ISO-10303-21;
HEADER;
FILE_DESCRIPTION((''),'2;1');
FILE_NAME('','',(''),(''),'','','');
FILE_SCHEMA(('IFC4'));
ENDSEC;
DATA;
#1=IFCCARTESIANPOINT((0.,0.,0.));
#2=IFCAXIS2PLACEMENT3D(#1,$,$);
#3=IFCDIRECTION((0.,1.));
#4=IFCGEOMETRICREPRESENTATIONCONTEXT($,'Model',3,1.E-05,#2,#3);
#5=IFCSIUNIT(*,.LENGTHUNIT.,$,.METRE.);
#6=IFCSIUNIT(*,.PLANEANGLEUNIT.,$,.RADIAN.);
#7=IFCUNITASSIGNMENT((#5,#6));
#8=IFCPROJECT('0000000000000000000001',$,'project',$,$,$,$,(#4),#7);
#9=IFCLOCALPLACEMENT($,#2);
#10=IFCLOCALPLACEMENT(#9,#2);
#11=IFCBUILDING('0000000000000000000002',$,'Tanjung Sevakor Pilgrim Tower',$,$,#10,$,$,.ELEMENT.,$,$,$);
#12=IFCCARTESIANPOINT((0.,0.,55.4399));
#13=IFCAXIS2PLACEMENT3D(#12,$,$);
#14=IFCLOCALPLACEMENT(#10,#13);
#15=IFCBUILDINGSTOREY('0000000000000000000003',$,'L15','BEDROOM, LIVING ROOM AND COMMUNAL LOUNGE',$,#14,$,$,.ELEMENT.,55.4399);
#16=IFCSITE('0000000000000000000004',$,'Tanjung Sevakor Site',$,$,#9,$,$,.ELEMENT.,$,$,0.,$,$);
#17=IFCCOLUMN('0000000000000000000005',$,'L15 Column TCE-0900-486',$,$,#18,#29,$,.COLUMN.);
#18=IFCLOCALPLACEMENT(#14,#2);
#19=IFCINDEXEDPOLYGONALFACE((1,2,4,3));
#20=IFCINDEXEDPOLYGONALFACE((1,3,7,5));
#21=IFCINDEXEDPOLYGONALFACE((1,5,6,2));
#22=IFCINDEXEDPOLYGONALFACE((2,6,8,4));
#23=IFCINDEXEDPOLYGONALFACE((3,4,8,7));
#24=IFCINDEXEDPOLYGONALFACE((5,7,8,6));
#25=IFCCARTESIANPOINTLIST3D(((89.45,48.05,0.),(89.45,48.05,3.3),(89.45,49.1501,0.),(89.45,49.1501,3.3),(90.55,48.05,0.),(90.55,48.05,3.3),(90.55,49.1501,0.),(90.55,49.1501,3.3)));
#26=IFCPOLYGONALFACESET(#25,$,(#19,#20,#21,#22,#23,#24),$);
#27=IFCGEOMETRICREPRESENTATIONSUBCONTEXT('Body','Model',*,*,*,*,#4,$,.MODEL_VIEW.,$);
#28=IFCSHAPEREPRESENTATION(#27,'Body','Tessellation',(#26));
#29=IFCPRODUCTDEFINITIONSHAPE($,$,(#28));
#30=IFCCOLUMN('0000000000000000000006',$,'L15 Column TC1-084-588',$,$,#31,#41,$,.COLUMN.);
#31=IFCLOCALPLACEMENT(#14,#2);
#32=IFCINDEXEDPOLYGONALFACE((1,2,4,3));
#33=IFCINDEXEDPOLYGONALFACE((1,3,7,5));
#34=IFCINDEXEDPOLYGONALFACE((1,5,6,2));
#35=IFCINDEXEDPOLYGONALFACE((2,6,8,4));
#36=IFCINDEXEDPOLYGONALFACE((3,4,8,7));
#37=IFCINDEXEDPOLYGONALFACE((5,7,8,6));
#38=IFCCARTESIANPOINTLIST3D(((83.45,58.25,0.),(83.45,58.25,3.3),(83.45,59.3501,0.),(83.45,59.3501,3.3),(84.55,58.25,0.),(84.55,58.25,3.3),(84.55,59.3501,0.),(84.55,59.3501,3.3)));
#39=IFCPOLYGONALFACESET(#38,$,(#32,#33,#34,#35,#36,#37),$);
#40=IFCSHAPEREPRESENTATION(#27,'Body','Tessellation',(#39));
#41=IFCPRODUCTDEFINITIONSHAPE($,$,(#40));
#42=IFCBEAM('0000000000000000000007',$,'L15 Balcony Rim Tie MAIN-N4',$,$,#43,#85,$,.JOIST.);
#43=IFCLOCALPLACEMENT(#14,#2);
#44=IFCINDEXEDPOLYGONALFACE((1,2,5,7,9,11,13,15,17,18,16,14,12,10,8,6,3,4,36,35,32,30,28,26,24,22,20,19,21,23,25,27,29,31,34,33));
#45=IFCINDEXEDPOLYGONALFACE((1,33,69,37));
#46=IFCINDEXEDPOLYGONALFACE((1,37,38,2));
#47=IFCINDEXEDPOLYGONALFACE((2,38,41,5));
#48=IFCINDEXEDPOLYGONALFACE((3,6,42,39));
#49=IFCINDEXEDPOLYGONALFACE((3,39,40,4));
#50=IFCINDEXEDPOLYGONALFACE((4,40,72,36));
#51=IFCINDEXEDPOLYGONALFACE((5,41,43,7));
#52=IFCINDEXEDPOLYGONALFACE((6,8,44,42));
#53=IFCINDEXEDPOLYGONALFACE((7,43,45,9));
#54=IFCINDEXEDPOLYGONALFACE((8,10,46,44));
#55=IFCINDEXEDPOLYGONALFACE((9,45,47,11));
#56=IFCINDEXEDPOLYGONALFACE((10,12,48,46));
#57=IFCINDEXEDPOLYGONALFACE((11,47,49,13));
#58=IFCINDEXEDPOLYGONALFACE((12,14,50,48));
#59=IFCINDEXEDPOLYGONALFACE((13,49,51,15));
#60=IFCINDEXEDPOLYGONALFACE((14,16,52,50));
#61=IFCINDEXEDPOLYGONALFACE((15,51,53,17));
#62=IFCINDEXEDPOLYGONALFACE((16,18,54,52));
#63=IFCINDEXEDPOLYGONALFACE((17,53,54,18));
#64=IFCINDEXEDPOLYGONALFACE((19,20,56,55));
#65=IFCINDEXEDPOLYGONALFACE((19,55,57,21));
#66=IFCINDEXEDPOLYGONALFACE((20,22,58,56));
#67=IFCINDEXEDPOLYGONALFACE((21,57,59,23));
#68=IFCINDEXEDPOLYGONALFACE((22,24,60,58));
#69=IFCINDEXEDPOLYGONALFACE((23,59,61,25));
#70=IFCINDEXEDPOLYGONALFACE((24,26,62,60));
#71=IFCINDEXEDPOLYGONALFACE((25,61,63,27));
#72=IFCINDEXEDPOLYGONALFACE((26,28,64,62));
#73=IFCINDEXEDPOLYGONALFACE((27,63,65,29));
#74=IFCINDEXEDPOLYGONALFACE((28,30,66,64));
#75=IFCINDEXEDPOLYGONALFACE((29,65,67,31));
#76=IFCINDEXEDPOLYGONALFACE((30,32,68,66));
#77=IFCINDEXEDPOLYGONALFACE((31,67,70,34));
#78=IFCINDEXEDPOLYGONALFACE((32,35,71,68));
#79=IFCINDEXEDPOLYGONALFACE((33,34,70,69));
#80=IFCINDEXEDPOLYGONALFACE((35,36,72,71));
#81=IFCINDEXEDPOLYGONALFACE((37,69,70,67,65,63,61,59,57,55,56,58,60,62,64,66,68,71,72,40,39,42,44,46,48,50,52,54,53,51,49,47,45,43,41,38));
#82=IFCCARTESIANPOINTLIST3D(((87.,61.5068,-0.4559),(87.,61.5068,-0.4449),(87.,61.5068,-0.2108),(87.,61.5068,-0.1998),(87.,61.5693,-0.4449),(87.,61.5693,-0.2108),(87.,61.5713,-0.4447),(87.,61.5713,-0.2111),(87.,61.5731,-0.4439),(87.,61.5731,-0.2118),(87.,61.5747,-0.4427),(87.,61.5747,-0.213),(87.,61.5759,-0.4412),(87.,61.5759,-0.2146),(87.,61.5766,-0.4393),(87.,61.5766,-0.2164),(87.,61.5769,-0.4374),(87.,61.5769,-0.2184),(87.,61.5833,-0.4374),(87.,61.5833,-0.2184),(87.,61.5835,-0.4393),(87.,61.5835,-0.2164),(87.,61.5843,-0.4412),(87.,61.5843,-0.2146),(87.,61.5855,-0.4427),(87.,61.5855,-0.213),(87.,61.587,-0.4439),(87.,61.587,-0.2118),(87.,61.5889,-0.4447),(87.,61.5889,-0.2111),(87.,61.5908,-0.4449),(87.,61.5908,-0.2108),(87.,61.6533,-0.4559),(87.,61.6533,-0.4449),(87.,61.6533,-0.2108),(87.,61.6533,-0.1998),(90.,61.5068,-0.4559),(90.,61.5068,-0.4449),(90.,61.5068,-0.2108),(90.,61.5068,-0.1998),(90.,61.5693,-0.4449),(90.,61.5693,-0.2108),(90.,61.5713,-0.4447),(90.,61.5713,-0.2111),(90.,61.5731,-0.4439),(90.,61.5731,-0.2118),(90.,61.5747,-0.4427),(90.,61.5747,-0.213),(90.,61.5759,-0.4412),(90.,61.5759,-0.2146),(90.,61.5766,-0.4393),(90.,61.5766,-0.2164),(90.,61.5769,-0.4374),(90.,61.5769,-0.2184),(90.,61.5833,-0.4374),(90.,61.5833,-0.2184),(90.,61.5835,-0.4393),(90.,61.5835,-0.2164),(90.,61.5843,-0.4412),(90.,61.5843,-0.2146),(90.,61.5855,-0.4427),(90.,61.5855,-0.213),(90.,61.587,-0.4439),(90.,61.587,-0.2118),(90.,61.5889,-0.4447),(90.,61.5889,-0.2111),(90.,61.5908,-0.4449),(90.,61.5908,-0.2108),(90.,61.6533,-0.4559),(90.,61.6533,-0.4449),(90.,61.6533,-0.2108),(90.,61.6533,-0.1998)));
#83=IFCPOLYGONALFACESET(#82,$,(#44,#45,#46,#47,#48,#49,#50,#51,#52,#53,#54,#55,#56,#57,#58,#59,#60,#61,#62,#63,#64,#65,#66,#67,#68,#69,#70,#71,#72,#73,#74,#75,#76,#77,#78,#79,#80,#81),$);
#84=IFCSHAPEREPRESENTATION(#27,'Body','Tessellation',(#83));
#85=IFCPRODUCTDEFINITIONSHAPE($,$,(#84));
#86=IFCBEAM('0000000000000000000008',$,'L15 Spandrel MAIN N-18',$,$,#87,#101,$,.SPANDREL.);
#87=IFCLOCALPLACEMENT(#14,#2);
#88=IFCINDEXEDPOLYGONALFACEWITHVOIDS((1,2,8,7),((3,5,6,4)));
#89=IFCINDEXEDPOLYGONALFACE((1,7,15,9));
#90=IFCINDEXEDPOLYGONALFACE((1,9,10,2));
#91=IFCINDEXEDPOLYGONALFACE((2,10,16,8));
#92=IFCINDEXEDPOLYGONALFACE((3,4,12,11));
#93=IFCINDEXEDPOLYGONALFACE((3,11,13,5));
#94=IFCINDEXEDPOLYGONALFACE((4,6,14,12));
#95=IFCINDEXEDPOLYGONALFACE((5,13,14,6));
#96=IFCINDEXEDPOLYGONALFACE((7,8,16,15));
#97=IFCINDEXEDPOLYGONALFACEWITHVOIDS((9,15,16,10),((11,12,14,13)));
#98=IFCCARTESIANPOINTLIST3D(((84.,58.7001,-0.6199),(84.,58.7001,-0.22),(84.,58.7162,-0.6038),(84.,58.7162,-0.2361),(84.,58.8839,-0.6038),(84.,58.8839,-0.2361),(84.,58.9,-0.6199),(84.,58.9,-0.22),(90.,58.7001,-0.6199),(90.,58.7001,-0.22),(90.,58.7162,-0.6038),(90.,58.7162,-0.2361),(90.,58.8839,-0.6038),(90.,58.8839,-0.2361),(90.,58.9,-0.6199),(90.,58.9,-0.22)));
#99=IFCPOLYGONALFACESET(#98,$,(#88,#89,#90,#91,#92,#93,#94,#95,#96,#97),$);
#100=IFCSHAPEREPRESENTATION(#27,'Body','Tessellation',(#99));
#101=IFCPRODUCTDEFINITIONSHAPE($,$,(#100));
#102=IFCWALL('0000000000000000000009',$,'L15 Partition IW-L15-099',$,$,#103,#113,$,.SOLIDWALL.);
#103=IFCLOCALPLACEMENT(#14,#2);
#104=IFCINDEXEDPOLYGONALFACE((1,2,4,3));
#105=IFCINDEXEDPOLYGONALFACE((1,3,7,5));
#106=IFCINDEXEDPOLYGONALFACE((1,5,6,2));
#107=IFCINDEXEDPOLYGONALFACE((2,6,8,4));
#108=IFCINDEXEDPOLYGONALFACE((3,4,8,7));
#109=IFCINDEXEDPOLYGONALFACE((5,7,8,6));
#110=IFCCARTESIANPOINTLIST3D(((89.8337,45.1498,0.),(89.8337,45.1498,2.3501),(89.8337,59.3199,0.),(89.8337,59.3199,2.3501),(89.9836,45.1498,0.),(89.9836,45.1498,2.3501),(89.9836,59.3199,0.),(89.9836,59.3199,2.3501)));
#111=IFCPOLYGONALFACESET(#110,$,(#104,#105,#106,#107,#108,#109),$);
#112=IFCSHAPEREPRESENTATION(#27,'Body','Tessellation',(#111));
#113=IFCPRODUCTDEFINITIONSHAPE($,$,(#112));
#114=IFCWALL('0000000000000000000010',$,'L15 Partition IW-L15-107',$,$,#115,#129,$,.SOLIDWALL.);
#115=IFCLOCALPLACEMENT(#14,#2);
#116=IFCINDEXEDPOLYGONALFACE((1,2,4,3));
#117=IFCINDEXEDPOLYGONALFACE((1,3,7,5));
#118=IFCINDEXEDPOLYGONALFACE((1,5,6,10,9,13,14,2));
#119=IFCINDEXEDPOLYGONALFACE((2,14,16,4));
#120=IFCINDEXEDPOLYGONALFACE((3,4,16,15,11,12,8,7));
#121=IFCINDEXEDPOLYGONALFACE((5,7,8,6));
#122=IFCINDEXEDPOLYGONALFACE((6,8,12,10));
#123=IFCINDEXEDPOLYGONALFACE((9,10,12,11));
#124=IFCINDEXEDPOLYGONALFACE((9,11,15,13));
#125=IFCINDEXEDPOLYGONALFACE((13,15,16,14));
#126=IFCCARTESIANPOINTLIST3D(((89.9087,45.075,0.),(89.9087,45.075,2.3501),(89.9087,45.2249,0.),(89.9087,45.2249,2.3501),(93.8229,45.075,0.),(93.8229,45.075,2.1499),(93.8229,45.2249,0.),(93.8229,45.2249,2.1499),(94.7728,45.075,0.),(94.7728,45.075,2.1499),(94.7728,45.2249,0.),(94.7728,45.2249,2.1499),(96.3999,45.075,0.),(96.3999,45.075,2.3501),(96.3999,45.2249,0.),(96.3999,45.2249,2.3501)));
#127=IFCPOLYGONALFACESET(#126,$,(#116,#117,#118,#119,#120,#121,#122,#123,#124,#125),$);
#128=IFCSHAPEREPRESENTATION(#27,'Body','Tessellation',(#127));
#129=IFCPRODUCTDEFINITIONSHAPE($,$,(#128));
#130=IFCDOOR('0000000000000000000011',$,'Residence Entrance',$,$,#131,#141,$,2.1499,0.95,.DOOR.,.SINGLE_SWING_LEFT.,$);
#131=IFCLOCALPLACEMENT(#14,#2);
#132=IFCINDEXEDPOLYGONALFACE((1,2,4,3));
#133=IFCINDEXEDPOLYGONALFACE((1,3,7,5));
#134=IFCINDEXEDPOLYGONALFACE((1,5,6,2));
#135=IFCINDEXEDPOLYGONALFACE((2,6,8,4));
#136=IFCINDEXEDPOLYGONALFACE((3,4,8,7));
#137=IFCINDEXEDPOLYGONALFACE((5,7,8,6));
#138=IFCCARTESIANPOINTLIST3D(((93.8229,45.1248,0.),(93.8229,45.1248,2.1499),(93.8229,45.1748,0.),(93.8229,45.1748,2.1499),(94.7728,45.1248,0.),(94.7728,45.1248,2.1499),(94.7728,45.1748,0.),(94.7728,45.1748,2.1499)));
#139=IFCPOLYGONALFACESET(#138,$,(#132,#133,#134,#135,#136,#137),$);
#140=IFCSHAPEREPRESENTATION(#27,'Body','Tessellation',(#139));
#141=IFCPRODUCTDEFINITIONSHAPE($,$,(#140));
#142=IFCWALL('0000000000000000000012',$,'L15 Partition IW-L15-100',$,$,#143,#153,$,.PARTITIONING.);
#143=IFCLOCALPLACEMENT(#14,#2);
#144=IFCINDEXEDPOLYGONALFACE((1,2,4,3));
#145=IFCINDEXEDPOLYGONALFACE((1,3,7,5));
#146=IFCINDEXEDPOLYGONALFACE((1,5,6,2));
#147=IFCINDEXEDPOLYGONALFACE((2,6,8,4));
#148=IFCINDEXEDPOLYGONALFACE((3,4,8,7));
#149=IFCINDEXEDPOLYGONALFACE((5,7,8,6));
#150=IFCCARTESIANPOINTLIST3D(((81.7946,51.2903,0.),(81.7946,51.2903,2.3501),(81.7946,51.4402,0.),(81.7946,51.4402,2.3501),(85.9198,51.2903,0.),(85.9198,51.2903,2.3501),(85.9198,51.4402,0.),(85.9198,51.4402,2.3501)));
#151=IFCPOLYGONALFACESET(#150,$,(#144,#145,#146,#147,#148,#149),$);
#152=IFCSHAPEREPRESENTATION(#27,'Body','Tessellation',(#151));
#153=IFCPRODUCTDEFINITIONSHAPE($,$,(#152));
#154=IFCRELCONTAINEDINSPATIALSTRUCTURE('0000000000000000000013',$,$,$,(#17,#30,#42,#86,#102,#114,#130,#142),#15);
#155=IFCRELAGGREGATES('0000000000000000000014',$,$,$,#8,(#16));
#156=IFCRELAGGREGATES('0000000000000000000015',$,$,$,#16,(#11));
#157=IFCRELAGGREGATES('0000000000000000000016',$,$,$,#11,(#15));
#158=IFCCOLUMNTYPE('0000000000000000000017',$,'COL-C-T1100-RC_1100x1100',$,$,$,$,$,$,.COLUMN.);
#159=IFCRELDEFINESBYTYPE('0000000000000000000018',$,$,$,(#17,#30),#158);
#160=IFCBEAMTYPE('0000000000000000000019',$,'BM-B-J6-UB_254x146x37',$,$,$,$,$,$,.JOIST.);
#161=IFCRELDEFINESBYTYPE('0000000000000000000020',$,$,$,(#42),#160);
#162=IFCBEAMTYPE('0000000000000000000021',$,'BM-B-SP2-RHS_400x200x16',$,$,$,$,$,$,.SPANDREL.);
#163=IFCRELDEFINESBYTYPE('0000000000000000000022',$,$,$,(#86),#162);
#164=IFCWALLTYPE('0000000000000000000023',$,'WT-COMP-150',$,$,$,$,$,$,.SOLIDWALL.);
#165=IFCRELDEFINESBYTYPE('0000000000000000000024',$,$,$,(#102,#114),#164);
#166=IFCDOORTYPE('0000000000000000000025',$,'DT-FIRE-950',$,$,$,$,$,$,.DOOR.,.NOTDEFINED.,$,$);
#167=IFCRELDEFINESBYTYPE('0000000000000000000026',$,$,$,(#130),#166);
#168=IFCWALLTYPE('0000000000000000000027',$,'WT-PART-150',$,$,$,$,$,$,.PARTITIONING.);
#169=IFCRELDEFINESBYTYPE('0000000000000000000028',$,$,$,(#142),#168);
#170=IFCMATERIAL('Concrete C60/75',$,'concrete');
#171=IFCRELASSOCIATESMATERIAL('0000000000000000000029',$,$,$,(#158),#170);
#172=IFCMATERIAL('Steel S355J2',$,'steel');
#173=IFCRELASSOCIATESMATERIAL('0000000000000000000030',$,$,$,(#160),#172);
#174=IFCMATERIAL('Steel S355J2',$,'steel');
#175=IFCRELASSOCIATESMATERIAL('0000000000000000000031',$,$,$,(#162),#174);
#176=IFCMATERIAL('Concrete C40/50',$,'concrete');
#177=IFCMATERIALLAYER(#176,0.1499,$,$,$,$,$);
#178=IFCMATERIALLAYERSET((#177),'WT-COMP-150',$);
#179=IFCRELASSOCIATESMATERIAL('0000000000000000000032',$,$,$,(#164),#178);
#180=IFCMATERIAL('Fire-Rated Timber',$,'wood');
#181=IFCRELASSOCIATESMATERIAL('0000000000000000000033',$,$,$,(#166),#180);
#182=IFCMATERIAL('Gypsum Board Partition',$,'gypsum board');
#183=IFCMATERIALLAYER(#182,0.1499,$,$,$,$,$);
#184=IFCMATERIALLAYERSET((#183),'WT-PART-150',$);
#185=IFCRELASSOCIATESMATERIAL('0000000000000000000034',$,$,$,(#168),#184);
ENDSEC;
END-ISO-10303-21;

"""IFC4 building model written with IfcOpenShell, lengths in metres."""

from ifc_helpers import new_model, si_unit, direction, frame, frame_2d, origin, origin_2d, place, context, subcontext, project, spatial, rectangle, hollow_rectangle, i_section, extrude, material, layer, layer_set, material_profile, profile_set, type_object, element, fill, save


model = new_model("IFC4")

# Units and contexts
model_context = context("Model", 3, precision=1e-05, world=origin(), true_north=direction((0.0, 1.0)))
body_context = subcontext(model_context, "Body", "Model", "MODEL_VIEW")
ifc_project = project(units=[si_unit("LENGTHUNIT", "METRE"), si_unit("PLANEANGLEUNIT", "RADIAN")], contexts=[model_context])

# Site, building, storey
site_placement = place(None, origin())
site = spatial("IfcSite", under=ifc_project, at=site_placement, Name="Tanjung Sevakor Site", CompositionType="ELEMENT", RefElevation=0.0)
building_placement = place(site_placement, origin())
building = spatial("IfcBuilding", under=site, at=building_placement, Name="Tanjung Sevakor Pilgrim Tower", CompositionType="ELEMENT")
storey_placement = place(building_placement, frame((0.0, 0.0, 55.4399)))
storey = spatial("IfcBuildingStorey", under=building, at=storey_placement, Name="L15", Description="BEDROOM, LIVING ROOM AND COMMUNAL LOUNGE", CompositionType="ELEMENT", Elevation=55.4399)

# Columns
ifc_material_1 = material(Name="Concrete C60/75", Category="concrete")
ifc_material_profile_1 = material_profile(ifc_material_1, rectangle(XDim=1.1001, YDim=1.1001, at=origin_2d()))
ifc_profile_set_1 = profile_set([ifc_material_profile_1], Name="Concrete C60/75")
column_type = type_object("IfcColumnType", Name="COL-C-T1100-RC_1100x1100", PredefinedType="COLUMN", material=ifc_profile_set_1)
for number, where, z_axis, x_axis, name in (
    (1, (90.0, 48.6001, 0.0), (0.0, 0.0, 1.0), (1.0, 0.0, 0.0), "L15 Column TCE-0900-486"),
    (2, (84.0, 58.8, 0.0), (0.0, 0.0, 1.0), (1.0, 0.0, 0.0), "L15 Column TC1-084-588"),
):
    element("IfcColumn", number, at=place(storey_placement, frame(where, z_axis=z_axis, x_axis=x_axis)), inside=storey, type_object=column_type, Name=name, PredefinedType="COLUMN", context=body_context, shape_type="SweptSolid", body=[
        extrude(rectangle(XDim=1.1001, YDim=1.1001, at=origin_2d()), origin(), (0.0, 0.0, 1.0), 3.3),
    ])

# Beams
ifc_material_2 = material(Name="Steel S355J2", Category="steel")
ifc_material_profile_2 = material_profile(ifc_material_2, i_section(OverallWidth=0.1465, OverallDepth=0.2561, WebThickness=0.0063, FlangeThickness=0.011, FilletRadius=0.0076, at=origin_2d()))
ifc_profile_set_2 = profile_set([ifc_material_profile_2], Name="Steel S355J2")
beam_type_1 = type_object("IfcBeamType", Name="BM-B-J6-UB_254x146x37", PredefinedType="JOIST", material=ifc_profile_set_2)
beam_1_placement = place(storey_placement, frame((87.0, 61.5801, -0.3279), z_axis=(1.0, 0.0, 0.0), x_axis=(0.0, 1.0, 0.0)))
element("IfcBeam", 3, at=beam_1_placement, inside=storey, type_object=beam_type_1, Name="L15 Balcony Rim Tie MAIN-N4", PredefinedType="JOIST", context=body_context, shape_type="SweptSolid", body=[
    extrude(i_section(OverallWidth=0.1465, OverallDepth=0.2561, WebThickness=0.0063, FlangeThickness=0.011, FilletRadius=0.0076, at=origin_2d()), origin(), (0.0, 0.0, 1.0), 3.0),
])
ifc_material_3 = material(Name="Steel S355J2", Category="steel")
ifc_material_profile_3 = material_profile(ifc_material_3, hollow_rectangle(XDim=0.2, YDim=0.3999, WallThickness=0.0161, at=origin_2d()))
ifc_profile_set_3 = profile_set([ifc_material_profile_3], Name="Steel S355J2")
beam_type_2 = type_object("IfcBeamType", Name="BM-B-SP2-RHS_400x200x16", PredefinedType="SPANDREL", material=ifc_profile_set_3)
beam_2_placement = place(storey_placement, frame((84.0, 58.8, -0.4199), z_axis=(1.0, 0.0, 0.0), x_axis=(0.0, 1.0, 0.0)))
element("IfcBeam", 4, at=beam_2_placement, inside=storey, type_object=beam_type_2, Name="L15 Spandrel MAIN N-18", PredefinedType="SPANDREL", context=body_context, shape_type="SweptSolid", body=[
    extrude(hollow_rectangle(XDim=0.2, YDim=0.3999, WallThickness=0.0161, at=origin_2d()), origin(), (0.0, 0.0, 1.0), 6.0),
])

# Wall
ifc_material_4 = material(Name="Concrete C40/50", Category="concrete")
ifc_layer_1 = layer(ifc_material_4, 0.1499)
ifc_layer_set_1 = layer_set([ifc_layer_1], Name="WT-COMP-150")
wall_type_1 = type_object("IfcWallType", Name="WT-COMP-150", PredefinedType="SOLIDWALL", material=ifc_layer_set_1)
wall_1_placement = place(storey_placement, frame((89.9087, 45.1499, 0.0), z_axis=(0.0, 0.0, 1.0), x_axis=(0.0, 1.0, 0.0)))
element("IfcWall", 5, at=wall_1_placement, inside=storey, type_object=wall_type_1, Name="L15 Partition IW-L15-099", PredefinedType="SOLIDWALL", context=body_context, shape_type="SweptSolid", body=[
    extrude(rectangle(XDim=14.1702, YDim=0.1499, at=frame_2d((7.085, 0.0))), origin(), (0.0, 0.0, 1.0), 2.3501),
])

# Wall, opening, door
wall_2_placement = place(storey_placement, frame((89.9087, 45.1499, 0.0), z_axis=(0.0, 0.0, 1.0), x_axis=(1.0, 0.0, 0.0)))
wall_2 = element("IfcWall", 6, at=wall_2_placement, inside=storey, type_object=wall_type_1, Name="L15 Partition IW-L15-107", PredefinedType="SOLIDWALL", context=body_context, shape_type="SweptSolid", body=[
    extrude(rectangle(XDim=6.4912, YDim=0.1499, at=frame_2d((3.2456, 0.0))), origin(), (0.0, 0.0, 1.0), 2.3501),
])
opening_1_placement = place(wall_2_placement, frame((3.9141, 0.0, 0.0)))
opening_1 = element("IfcOpeningElement", 7, at=opening_1_placement, cuts=wall_2, PredefinedType="OPENING", context=body_context, shape_type="SweptSolid", body=[
    extrude(rectangle(XDim=0.95, YDim=2.1499, at=frame_2d((0.4751, 1.075))), frame((0.0, 0.085, 0.0), z_axis=(0.0, -1.0, 0.0), x_axis=(1.0, 0.0, 0.0)), (0.0, 0.0, 1.0), 0.1699),
])
ifc_material_5 = material(Name="Fire-Rated Timber", Category="wood")
door_type_1 = type_object("IfcDoorType", Name="DT-FIRE-950", OperationType="NOTDEFINED", PredefinedType="DOOR", material=ifc_material_5)
door_1_placement = place(opening_1_placement, origin())
door_1 = element("IfcDoor", 8, at=door_1_placement, inside=storey, type_object=door_type_1, Name="Residence Entrance", OperationType="SINGLE_SWING_LEFT", OverallHeight=2.1499, OverallWidth=0.95, PredefinedType="DOOR", context=body_context, shape_type="SweptSolid", body=[
    extrude(rectangle(XDim=0.95, YDim=2.1499, at=frame_2d((0.4751, 1.075))), frame((0.0, 0.0249, 0.0), z_axis=(0.0, -1.0, 0.0), x_axis=(1.0, 0.0, 0.0)), (0.0, 0.0, 1.0), 0.05),
])
fill(opening_1, door_1)

# Wall
ifc_material_6 = material(Name="Gypsum Board Partition", Category="gypsum board")
ifc_layer_2 = layer(ifc_material_6, 0.1499)
ifc_layer_set_2 = layer_set([ifc_layer_2], Name="WT-PART-150")
wall_type_2 = type_object("IfcWallType", Name="WT-PART-150", PredefinedType="PARTITIONING", material=ifc_layer_set_2)
wall_3_placement = place(storey_placement, frame((81.7947, 51.3652, 0.0), z_axis=(0.0, 0.0, 1.0), x_axis=(1.0, 0.0, 0.0)))
element("IfcWall", 9, at=wall_3_placement, inside=storey, type_object=wall_type_2, Name="L15 Partition IW-L15-100", PredefinedType="PARTITIONING", context=body_context, shape_type="SweptSolid", body=[
    extrude(rectangle(XDim=4.1252, YDim=0.1499, at=frame_2d((2.0625, 0.0))), origin(), (0.0, 0.0, 1.0), 2.3501),
])

save(model, "model.ifc")
